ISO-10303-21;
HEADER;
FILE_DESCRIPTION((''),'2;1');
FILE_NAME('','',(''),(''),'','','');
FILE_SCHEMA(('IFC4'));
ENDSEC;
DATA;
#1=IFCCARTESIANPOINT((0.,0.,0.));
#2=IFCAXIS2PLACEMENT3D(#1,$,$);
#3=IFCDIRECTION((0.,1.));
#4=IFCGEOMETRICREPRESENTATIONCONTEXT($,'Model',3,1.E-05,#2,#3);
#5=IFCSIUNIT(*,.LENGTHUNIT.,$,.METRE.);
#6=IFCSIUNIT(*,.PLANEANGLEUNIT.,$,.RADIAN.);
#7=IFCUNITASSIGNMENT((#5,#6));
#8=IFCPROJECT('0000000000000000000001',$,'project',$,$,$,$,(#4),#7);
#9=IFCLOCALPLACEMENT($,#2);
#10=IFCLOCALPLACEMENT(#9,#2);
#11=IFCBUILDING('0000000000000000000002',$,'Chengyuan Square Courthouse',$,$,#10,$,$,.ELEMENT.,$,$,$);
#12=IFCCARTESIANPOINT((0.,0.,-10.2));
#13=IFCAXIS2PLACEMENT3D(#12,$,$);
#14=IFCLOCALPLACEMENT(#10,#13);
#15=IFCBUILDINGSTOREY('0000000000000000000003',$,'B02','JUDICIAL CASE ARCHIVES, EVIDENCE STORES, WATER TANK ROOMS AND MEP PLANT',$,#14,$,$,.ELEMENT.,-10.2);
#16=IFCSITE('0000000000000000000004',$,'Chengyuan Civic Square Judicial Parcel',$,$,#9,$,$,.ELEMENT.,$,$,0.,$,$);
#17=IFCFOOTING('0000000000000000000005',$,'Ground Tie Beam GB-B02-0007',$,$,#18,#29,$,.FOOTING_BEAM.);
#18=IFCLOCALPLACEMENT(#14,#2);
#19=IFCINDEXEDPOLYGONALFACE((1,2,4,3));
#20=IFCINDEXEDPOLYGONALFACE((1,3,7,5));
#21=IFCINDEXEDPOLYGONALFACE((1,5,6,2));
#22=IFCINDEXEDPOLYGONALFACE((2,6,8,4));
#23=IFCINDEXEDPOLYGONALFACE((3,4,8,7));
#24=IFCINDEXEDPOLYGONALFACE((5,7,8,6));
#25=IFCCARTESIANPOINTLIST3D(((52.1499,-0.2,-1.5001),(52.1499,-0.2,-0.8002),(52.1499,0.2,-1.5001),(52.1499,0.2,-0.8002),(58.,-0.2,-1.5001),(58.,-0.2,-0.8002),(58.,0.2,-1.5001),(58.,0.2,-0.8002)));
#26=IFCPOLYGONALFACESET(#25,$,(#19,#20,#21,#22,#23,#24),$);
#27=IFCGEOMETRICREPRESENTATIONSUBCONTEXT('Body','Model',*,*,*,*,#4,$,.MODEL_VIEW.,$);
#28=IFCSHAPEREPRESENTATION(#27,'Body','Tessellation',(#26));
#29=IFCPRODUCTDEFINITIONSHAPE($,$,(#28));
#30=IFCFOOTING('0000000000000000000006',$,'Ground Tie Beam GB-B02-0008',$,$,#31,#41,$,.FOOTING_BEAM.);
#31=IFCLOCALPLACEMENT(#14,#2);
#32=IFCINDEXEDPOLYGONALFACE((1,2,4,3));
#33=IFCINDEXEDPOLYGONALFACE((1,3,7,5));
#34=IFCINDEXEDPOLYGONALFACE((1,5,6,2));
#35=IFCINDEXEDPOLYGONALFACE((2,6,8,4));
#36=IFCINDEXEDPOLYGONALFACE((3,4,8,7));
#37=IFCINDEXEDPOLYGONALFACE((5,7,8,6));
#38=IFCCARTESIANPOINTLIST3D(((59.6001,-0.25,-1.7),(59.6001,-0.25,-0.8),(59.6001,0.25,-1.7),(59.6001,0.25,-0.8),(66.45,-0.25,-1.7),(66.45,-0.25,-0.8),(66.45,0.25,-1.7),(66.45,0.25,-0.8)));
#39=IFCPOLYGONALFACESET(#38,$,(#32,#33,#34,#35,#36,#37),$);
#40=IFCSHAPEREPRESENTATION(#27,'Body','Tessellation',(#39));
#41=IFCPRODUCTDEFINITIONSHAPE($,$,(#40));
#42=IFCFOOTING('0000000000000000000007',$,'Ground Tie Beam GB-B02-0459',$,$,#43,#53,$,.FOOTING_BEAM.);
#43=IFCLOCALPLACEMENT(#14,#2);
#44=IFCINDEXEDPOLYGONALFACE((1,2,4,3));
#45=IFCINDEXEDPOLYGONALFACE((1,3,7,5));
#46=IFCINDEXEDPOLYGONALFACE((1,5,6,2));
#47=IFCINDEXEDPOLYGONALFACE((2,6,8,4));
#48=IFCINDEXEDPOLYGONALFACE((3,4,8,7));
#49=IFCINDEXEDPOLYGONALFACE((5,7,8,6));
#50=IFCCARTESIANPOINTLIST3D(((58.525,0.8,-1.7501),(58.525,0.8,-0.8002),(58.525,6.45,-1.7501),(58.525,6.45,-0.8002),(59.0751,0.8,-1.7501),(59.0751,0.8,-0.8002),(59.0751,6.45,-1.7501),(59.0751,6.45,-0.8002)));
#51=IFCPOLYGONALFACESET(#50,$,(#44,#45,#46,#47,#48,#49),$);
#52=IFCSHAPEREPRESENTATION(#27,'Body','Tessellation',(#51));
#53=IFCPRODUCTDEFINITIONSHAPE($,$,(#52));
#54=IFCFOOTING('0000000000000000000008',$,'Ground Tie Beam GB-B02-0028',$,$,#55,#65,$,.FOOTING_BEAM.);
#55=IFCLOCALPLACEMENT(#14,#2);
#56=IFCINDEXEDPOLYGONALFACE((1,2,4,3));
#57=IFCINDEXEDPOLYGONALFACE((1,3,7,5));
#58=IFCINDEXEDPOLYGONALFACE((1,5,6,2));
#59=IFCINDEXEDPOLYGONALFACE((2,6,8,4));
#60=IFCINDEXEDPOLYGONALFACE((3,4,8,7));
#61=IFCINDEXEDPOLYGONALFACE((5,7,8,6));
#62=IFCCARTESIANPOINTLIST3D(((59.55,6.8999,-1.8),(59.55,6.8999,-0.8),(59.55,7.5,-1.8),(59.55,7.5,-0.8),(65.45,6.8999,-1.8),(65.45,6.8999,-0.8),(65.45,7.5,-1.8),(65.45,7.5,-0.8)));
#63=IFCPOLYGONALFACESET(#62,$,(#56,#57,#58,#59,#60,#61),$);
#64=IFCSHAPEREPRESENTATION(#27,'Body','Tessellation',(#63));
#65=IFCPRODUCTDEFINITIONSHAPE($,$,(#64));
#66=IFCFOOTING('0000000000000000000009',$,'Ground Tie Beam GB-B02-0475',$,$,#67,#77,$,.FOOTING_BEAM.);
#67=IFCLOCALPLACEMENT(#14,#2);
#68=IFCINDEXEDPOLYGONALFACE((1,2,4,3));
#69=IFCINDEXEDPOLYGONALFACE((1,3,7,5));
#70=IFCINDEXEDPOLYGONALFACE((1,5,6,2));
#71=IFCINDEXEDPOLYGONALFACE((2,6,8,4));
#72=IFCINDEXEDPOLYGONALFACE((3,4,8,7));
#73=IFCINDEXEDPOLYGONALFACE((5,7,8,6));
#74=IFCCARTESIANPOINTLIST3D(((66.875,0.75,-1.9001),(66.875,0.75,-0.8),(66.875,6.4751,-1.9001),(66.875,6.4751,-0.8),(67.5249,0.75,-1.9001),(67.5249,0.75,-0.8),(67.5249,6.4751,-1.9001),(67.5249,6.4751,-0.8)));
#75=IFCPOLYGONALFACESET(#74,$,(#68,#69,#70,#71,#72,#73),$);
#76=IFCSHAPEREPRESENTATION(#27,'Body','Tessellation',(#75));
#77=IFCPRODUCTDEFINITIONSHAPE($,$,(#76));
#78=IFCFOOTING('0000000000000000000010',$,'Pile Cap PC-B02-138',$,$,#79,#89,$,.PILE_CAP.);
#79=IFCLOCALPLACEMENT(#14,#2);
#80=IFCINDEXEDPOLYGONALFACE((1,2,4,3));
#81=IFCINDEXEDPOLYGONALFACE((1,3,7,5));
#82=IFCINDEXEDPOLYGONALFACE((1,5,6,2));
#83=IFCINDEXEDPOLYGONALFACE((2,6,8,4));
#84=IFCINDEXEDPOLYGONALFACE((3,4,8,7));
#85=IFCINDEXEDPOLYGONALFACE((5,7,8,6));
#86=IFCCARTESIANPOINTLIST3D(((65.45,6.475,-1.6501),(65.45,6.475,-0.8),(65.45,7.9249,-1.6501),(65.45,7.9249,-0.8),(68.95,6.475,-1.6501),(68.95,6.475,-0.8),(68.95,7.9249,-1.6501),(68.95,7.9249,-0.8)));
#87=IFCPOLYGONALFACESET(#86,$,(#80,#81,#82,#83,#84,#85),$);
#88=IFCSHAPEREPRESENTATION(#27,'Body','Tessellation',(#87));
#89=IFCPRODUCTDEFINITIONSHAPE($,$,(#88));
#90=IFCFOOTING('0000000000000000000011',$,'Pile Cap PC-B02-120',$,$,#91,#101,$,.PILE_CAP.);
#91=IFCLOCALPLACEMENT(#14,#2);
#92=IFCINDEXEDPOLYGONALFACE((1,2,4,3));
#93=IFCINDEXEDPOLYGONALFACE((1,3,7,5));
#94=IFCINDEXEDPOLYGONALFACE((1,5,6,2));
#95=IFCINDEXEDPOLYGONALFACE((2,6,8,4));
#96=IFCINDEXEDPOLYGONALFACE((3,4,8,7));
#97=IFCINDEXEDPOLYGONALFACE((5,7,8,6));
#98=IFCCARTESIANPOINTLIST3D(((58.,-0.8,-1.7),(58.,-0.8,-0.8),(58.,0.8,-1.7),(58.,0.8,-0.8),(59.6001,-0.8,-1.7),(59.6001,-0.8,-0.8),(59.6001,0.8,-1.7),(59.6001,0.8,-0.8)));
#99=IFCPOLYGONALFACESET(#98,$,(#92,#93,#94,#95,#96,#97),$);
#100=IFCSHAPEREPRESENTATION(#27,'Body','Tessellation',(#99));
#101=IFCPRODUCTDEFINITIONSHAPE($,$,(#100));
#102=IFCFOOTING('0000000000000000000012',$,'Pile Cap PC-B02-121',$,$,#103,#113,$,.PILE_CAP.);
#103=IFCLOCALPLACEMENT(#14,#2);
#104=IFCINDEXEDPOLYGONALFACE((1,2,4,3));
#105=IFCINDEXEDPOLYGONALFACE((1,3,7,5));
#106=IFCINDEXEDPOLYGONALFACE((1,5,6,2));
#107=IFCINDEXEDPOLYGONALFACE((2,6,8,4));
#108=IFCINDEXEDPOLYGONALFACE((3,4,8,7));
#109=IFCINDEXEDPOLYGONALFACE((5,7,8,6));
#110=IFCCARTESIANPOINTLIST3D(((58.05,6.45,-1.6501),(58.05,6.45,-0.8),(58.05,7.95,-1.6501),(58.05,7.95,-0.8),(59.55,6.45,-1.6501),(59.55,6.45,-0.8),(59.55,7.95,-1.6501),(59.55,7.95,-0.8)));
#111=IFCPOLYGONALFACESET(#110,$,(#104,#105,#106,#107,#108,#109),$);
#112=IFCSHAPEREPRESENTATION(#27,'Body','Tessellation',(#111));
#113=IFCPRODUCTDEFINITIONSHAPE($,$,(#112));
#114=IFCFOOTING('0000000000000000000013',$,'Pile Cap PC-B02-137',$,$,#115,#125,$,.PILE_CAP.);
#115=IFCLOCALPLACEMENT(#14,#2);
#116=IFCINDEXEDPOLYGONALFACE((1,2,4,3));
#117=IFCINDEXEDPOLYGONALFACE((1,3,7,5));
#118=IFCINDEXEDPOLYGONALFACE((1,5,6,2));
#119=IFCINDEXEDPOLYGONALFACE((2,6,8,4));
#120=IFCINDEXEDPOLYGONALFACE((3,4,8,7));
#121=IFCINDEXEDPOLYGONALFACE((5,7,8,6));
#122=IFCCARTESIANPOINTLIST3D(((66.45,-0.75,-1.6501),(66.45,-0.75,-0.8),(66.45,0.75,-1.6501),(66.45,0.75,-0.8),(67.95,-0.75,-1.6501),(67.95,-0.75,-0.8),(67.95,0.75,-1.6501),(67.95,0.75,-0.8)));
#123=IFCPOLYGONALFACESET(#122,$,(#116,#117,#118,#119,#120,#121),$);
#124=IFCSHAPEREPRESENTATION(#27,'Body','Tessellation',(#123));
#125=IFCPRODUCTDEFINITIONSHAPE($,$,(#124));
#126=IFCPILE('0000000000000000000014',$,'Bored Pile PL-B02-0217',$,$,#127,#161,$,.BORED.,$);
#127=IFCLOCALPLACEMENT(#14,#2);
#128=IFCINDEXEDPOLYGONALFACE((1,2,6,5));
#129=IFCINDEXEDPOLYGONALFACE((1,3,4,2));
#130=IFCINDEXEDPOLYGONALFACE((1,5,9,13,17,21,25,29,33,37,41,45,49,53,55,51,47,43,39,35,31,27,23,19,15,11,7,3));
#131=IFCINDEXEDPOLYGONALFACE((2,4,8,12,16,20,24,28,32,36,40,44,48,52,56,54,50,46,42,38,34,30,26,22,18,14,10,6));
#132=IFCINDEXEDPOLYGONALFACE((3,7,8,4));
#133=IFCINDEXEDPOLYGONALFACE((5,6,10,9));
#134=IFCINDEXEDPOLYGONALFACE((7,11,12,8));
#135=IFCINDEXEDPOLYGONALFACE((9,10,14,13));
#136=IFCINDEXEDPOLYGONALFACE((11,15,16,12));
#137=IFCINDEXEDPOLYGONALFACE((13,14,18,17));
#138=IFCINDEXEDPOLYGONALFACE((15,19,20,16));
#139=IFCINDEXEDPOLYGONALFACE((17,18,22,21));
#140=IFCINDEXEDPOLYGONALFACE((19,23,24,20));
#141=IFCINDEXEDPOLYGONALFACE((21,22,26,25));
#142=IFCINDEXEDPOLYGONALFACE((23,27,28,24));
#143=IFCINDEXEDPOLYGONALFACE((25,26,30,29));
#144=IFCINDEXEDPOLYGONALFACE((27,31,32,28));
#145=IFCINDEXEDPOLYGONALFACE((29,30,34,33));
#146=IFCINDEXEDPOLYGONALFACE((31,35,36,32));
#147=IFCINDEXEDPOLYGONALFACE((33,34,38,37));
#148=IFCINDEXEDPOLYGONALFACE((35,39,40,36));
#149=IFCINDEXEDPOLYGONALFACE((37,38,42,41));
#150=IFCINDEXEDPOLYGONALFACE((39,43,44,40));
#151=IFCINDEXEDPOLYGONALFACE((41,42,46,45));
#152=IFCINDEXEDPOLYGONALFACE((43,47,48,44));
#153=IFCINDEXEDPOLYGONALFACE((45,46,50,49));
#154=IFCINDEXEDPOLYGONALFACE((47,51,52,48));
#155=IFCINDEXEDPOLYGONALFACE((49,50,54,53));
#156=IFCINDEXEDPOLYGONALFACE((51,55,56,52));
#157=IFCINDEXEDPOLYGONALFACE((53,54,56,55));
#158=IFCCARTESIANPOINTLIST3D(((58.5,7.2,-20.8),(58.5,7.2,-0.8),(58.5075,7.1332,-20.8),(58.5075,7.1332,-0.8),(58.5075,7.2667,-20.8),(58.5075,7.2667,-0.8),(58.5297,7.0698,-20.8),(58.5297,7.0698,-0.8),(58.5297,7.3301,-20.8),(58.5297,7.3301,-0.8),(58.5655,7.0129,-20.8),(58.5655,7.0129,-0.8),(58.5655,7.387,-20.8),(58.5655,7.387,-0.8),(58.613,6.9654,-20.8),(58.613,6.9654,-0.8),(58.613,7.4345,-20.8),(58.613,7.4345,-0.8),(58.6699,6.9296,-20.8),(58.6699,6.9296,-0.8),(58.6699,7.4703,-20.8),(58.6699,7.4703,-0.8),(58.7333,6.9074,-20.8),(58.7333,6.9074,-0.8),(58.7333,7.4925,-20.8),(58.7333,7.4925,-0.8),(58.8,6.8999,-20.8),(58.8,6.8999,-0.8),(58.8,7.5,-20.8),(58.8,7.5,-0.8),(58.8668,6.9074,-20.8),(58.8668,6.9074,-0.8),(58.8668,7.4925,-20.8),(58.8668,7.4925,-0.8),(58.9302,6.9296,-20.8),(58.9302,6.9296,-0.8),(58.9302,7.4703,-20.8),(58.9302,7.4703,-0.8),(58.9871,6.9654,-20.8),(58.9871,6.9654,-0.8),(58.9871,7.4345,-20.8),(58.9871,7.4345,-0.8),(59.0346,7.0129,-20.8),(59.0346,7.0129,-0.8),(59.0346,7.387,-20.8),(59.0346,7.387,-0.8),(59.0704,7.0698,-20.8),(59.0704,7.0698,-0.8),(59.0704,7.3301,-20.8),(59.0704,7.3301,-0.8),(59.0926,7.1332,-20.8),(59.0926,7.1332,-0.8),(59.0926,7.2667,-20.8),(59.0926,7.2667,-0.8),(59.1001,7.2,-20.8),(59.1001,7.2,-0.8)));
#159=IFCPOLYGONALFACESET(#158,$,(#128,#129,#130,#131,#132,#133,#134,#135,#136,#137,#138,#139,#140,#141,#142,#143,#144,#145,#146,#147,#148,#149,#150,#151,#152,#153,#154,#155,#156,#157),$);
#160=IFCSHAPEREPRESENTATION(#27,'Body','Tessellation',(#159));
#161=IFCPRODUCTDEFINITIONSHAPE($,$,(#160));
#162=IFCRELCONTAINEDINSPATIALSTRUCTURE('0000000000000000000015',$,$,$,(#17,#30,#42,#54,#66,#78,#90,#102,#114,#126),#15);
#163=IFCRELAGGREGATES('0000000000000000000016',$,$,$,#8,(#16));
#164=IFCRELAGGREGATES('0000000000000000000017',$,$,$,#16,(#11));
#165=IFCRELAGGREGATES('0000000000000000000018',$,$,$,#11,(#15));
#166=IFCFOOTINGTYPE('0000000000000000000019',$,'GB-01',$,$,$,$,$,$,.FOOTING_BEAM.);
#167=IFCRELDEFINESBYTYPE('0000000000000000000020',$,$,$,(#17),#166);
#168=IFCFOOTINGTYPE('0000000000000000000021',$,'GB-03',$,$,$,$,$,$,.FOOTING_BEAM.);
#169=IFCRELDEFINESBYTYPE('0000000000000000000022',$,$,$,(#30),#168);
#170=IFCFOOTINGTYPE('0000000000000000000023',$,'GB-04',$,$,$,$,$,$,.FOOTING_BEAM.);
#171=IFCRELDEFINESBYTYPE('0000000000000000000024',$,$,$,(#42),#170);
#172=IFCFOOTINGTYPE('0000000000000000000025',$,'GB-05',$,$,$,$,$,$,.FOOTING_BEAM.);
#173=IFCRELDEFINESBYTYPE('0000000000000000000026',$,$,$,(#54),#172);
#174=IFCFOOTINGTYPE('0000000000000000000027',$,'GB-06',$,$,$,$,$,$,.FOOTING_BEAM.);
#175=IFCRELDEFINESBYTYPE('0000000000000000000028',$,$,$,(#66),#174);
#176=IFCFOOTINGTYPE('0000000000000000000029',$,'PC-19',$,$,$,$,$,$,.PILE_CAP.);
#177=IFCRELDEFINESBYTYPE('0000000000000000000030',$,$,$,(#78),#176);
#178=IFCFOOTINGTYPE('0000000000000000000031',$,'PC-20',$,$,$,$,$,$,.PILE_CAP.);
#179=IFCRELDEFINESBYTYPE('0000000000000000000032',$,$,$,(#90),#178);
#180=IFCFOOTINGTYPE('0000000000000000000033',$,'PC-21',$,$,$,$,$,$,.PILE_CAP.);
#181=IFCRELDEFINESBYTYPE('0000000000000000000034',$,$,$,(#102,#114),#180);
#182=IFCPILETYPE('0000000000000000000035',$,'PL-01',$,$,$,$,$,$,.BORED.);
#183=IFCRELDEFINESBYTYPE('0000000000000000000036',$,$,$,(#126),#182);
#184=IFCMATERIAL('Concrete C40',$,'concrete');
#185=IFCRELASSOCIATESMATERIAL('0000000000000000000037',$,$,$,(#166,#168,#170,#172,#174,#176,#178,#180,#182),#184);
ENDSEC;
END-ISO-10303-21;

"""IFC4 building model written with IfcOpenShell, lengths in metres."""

from ifc_helpers import new_model, si_unit, direction, frame, origin, origin_2d, place, context, subcontext, project, spatial, rectangle, circle, extrude, material, material_profile, profile_set, type_object, element, save


model = new_model("IFC4")

# Units and contexts
model_context = context("Model", 3, precision=1e-05, world=origin(), true_north=direction((0.0, 1.0)))
body_context = subcontext(model_context, "Body", "Model", "MODEL_VIEW")
ifc_project = project(units=[si_unit("LENGTHUNIT", "METRE"), si_unit("PLANEANGLEUNIT", "RADIAN")], contexts=[model_context])

# Site, building, storey
site_placement = place(None, origin())
site = spatial("IfcSite", under=ifc_project, at=site_placement, Name="Chengyuan Civic Square Judicial Parcel", CompositionType="ELEMENT", RefElevation=0.0)
building_placement = place(site_placement, origin())
building = spatial("IfcBuilding", under=site, at=building_placement, Name="Chengyuan Square Courthouse", CompositionType="ELEMENT")
storey_placement = place(building_placement, frame((0.0, 0.0, -10.2)))
storey = spatial("IfcBuildingStorey", under=building, at=storey_placement, Name="B02", Description="JUDICIAL CASE ARCHIVES, EVIDENCE STORES, WATER TANK ROOMS AND MEP PLANT", CompositionType="ELEMENT", Elevation=-10.2)

# Footings
ifc_material_1 = material(Name="Concrete C40", Category="concrete")
ifc_material_profile_1 = material_profile(ifc_material_1, rectangle(XDim=0.3999, YDim=0.7, at=origin_2d()), Name="GB-400x700")
ifc_profile_set_1 = profile_set([ifc_material_profile_1], Name="Concrete C40")
footing_type_1 = type_object("IfcFootingType", Name="GB-01", PredefinedType="FOOTING_BEAM", material=ifc_profile_set_1)
footing_1_placement = place(storey_placement, frame((52.1499, 0.0, -1.1501), z_axis=(1.0, 0.0, 0.0), x_axis=(0.0, 1.0, 0.0)))
element("IfcFooting", 1, at=footing_1_placement, inside=storey, type_object=footing_type_1, Name="Ground Tie Beam GB-B02-0007", PredefinedType="FOOTING_BEAM", context=body_context, shape_type="SweptSolid", body=[
    extrude(rectangle(XDim=0.3999, YDim=0.7, at=origin_2d()), origin(), (0.0, 0.0, 1.0), 5.8501),
])
ifc_material_profile_2 = material_profile(ifc_material_1, rectangle(XDim=0.5, YDim=0.8999, at=origin_2d()), Name="GB-500x900")
ifc_profile_set_2 = profile_set([ifc_material_profile_2], Name="Concrete C40")
footing_type_2 = type_object("IfcFootingType", Name="GB-03", PredefinedType="FOOTING_BEAM", material=ifc_profile_set_2)
footing_2_placement = place(storey_placement, frame((59.6001, 0.0, -1.25), z_axis=(1.0, 0.0, 0.0), x_axis=(0.0, 1.0, 0.0)))
element("IfcFooting", 2, at=footing_2_placement, inside=storey, type_object=footing_type_2, Name="Ground Tie Beam GB-B02-0008", PredefinedType="FOOTING_BEAM", context=body_context, shape_type="SweptSolid", body=[
    extrude(rectangle(XDim=0.5, YDim=0.8999, at=origin_2d()), origin(), (0.0, 0.0, 1.0), 6.8499),
])
ifc_material_profile_3 = material_profile(ifc_material_1, rectangle(XDim=0.55, YDim=0.95, at=origin_2d()), Name="GB-550x950")
ifc_profile_set_3 = profile_set([ifc_material_profile_3], Name="Concrete C40")
footing_type_3 = type_object("IfcFootingType", Name="GB-04", PredefinedType="FOOTING_BEAM", material=ifc_profile_set_3)
footing_3_placement = place(storey_placement, frame((58.8, 0.8, -1.2751), z_axis=(0.0, 1.0, 0.0), x_axis=(-1.0, 0.0, 0.0)))
element("IfcFooting", 3, at=footing_3_placement, inside=storey, type_object=footing_type_3, Name="Ground Tie Beam GB-B02-0459", PredefinedType="FOOTING_BEAM", context=body_context, shape_type="SweptSolid", body=[
    extrude(rectangle(XDim=0.55, YDim=0.95, at=origin_2d()), origin(), (0.0, 0.0, 1.0), 5.6499),
])
ifc_material_profile_4 = material_profile(ifc_material_1, rectangle(XDim=0.6001, YDim=1.0, at=origin_2d()), Name="GB-600x1000")
ifc_profile_set_4 = profile_set([ifc_material_profile_4], Name="Concrete C40")
footing_type_4 = type_object("IfcFootingType", Name="GB-05", PredefinedType="FOOTING_BEAM", material=ifc_profile_set_4)
footing_4_placement = place(storey_placement, frame((59.55, 7.2, -1.3), z_axis=(1.0, 0.0, 0.0), x_axis=(0.0, 1.0, 0.0)))
element("IfcFooting", 4, at=footing_4_placement, inside=storey, type_object=footing_type_4, Name="Ground Tie Beam GB-B02-0028", PredefinedType="FOOTING_BEAM", context=body_context, shape_type="SweptSolid", body=[
    extrude(rectangle(XDim=0.6001, YDim=1.0, at=origin_2d()), origin(), (0.0, 0.0, 1.0), 5.8999),
])
ifc_material_profile_5 = material_profile(ifc_material_1, rectangle(XDim=0.6499, YDim=1.1001, at=origin_2d()), Name="GB-650x1100")
ifc_profile_set_5 = profile_set([ifc_material_profile_5], Name="Concrete C40")
footing_type_5 = type_object("IfcFootingType", Name="GB-06", PredefinedType="FOOTING_BEAM", material=ifc_profile_set_5)
footing_5_placement = place(storey_placement, frame((67.2, 0.75, -1.3501), z_axis=(0.0, 1.0, 0.0), x_axis=(-1.0, 0.0, 0.0)))
element("IfcFooting", 5, at=footing_5_placement, inside=storey, type_object=footing_type_5, Name="Ground Tie Beam GB-B02-0475", PredefinedType="FOOTING_BEAM", context=body_context, shape_type="SweptSolid", body=[
    extrude(rectangle(XDim=0.6499, YDim=1.1001, at=origin_2d()), origin(), (0.0, 0.0, 1.0), 5.7251),
])
footing_type_6 = type_object("IfcFootingType", Name="PC-19", PredefinedType="PILE_CAP", material=ifc_material_1)
footing_6_placement = place(storey_placement, frame((67.2, 7.2, -1.6501), z_axis=(0.0, 0.0, 1.0), x_axis=(1.0, 0.0, 0.0)))
element("IfcFooting", 6, at=footing_6_placement, inside=storey, type_object=footing_type_6, Name="Pile Cap PC-B02-138", PredefinedType="PILE_CAP", context=body_context, shape_type="SweptSolid", body=[
    extrude(rectangle(XDim=3.5, YDim=1.45, at=origin_2d()), origin(), (0.0, 0.0, 1.0), 0.8501),
])
footing_type_7 = type_object("IfcFootingType", Name="PC-20", PredefinedType="PILE_CAP", material=ifc_material_1)
footing_7_placement = place(storey_placement, frame((58.8, 0.0, -1.7), z_axis=(0.0, 0.0, 1.0), x_axis=(1.0, 0.0, 0.0)))
element("IfcFooting", 7, at=footing_7_placement, inside=storey, type_object=footing_type_7, Name="Pile Cap PC-B02-120", PredefinedType="PILE_CAP", context=body_context, shape_type="SweptSolid", body=[
    extrude(rectangle(XDim=1.6001, YDim=1.6001, at=origin_2d()), origin(), (0.0, 0.0, 1.0), 0.8999),
])
footing_type_8 = type_object("IfcFootingType", Name="PC-21", PredefinedType="PILE_CAP", material=ifc_material_1)
for number, where, z_axis, x_axis, name in (
    (8, (58.8, 7.2, -1.6501), (0.0, 0.0, 1.0), (1.0, 0.0, 0.0), "Pile Cap PC-B02-121"),
    (9, (67.2, 0.0, -1.6501), (0.0, 0.0, 1.0), (1.0, 0.0, 0.0), "Pile Cap PC-B02-137"),
):
    element("IfcFooting", number, at=place(storey_placement, frame(where, z_axis=z_axis, x_axis=x_axis)), inside=storey, type_object=footing_type_8, Name=name, PredefinedType="PILE_CAP", context=body_context, shape_type="SweptSolid", body=[
        extrude(rectangle(XDim=1.5, YDim=1.5, at=origin_2d()), origin(), (0.0, 0.0, 1.0), 0.8501),
    ])

# Pile
ifc_material_profile_6 = material_profile(ifc_material_1, circle(Radius=0.3, at=origin_2d()), Name="BORED PILE D600")
ifc_profile_set_6 = profile_set([ifc_material_profile_6], Name="Concrete C40")
pile_type_1 = type_object("IfcPileType", Name="PL-01", PredefinedType="BORED", material=ifc_profile_set_6)
for number, where, z_axis, x_axis, name in (
    (10, (58.8, 7.2, -0.8), (0.0, 0.0, -1.0), (1.0, 0.0, 0.0), "Bored Pile PL-B02-0217"),
):
    element("IfcPile", number, at=place(storey_placement, frame(where, z_axis=z_axis, x_axis=x_axis)), inside=storey, type_object=pile_type_1, Name=name, PredefinedType="BORED", context=body_context, shape_type="SweptSolid", body=[
        extrude(circle(Radius=0.3, at=origin_2d()), origin(), (0.0, 0.0, 1.0), 20.0),
    ])

save(model, "model.ifc")
